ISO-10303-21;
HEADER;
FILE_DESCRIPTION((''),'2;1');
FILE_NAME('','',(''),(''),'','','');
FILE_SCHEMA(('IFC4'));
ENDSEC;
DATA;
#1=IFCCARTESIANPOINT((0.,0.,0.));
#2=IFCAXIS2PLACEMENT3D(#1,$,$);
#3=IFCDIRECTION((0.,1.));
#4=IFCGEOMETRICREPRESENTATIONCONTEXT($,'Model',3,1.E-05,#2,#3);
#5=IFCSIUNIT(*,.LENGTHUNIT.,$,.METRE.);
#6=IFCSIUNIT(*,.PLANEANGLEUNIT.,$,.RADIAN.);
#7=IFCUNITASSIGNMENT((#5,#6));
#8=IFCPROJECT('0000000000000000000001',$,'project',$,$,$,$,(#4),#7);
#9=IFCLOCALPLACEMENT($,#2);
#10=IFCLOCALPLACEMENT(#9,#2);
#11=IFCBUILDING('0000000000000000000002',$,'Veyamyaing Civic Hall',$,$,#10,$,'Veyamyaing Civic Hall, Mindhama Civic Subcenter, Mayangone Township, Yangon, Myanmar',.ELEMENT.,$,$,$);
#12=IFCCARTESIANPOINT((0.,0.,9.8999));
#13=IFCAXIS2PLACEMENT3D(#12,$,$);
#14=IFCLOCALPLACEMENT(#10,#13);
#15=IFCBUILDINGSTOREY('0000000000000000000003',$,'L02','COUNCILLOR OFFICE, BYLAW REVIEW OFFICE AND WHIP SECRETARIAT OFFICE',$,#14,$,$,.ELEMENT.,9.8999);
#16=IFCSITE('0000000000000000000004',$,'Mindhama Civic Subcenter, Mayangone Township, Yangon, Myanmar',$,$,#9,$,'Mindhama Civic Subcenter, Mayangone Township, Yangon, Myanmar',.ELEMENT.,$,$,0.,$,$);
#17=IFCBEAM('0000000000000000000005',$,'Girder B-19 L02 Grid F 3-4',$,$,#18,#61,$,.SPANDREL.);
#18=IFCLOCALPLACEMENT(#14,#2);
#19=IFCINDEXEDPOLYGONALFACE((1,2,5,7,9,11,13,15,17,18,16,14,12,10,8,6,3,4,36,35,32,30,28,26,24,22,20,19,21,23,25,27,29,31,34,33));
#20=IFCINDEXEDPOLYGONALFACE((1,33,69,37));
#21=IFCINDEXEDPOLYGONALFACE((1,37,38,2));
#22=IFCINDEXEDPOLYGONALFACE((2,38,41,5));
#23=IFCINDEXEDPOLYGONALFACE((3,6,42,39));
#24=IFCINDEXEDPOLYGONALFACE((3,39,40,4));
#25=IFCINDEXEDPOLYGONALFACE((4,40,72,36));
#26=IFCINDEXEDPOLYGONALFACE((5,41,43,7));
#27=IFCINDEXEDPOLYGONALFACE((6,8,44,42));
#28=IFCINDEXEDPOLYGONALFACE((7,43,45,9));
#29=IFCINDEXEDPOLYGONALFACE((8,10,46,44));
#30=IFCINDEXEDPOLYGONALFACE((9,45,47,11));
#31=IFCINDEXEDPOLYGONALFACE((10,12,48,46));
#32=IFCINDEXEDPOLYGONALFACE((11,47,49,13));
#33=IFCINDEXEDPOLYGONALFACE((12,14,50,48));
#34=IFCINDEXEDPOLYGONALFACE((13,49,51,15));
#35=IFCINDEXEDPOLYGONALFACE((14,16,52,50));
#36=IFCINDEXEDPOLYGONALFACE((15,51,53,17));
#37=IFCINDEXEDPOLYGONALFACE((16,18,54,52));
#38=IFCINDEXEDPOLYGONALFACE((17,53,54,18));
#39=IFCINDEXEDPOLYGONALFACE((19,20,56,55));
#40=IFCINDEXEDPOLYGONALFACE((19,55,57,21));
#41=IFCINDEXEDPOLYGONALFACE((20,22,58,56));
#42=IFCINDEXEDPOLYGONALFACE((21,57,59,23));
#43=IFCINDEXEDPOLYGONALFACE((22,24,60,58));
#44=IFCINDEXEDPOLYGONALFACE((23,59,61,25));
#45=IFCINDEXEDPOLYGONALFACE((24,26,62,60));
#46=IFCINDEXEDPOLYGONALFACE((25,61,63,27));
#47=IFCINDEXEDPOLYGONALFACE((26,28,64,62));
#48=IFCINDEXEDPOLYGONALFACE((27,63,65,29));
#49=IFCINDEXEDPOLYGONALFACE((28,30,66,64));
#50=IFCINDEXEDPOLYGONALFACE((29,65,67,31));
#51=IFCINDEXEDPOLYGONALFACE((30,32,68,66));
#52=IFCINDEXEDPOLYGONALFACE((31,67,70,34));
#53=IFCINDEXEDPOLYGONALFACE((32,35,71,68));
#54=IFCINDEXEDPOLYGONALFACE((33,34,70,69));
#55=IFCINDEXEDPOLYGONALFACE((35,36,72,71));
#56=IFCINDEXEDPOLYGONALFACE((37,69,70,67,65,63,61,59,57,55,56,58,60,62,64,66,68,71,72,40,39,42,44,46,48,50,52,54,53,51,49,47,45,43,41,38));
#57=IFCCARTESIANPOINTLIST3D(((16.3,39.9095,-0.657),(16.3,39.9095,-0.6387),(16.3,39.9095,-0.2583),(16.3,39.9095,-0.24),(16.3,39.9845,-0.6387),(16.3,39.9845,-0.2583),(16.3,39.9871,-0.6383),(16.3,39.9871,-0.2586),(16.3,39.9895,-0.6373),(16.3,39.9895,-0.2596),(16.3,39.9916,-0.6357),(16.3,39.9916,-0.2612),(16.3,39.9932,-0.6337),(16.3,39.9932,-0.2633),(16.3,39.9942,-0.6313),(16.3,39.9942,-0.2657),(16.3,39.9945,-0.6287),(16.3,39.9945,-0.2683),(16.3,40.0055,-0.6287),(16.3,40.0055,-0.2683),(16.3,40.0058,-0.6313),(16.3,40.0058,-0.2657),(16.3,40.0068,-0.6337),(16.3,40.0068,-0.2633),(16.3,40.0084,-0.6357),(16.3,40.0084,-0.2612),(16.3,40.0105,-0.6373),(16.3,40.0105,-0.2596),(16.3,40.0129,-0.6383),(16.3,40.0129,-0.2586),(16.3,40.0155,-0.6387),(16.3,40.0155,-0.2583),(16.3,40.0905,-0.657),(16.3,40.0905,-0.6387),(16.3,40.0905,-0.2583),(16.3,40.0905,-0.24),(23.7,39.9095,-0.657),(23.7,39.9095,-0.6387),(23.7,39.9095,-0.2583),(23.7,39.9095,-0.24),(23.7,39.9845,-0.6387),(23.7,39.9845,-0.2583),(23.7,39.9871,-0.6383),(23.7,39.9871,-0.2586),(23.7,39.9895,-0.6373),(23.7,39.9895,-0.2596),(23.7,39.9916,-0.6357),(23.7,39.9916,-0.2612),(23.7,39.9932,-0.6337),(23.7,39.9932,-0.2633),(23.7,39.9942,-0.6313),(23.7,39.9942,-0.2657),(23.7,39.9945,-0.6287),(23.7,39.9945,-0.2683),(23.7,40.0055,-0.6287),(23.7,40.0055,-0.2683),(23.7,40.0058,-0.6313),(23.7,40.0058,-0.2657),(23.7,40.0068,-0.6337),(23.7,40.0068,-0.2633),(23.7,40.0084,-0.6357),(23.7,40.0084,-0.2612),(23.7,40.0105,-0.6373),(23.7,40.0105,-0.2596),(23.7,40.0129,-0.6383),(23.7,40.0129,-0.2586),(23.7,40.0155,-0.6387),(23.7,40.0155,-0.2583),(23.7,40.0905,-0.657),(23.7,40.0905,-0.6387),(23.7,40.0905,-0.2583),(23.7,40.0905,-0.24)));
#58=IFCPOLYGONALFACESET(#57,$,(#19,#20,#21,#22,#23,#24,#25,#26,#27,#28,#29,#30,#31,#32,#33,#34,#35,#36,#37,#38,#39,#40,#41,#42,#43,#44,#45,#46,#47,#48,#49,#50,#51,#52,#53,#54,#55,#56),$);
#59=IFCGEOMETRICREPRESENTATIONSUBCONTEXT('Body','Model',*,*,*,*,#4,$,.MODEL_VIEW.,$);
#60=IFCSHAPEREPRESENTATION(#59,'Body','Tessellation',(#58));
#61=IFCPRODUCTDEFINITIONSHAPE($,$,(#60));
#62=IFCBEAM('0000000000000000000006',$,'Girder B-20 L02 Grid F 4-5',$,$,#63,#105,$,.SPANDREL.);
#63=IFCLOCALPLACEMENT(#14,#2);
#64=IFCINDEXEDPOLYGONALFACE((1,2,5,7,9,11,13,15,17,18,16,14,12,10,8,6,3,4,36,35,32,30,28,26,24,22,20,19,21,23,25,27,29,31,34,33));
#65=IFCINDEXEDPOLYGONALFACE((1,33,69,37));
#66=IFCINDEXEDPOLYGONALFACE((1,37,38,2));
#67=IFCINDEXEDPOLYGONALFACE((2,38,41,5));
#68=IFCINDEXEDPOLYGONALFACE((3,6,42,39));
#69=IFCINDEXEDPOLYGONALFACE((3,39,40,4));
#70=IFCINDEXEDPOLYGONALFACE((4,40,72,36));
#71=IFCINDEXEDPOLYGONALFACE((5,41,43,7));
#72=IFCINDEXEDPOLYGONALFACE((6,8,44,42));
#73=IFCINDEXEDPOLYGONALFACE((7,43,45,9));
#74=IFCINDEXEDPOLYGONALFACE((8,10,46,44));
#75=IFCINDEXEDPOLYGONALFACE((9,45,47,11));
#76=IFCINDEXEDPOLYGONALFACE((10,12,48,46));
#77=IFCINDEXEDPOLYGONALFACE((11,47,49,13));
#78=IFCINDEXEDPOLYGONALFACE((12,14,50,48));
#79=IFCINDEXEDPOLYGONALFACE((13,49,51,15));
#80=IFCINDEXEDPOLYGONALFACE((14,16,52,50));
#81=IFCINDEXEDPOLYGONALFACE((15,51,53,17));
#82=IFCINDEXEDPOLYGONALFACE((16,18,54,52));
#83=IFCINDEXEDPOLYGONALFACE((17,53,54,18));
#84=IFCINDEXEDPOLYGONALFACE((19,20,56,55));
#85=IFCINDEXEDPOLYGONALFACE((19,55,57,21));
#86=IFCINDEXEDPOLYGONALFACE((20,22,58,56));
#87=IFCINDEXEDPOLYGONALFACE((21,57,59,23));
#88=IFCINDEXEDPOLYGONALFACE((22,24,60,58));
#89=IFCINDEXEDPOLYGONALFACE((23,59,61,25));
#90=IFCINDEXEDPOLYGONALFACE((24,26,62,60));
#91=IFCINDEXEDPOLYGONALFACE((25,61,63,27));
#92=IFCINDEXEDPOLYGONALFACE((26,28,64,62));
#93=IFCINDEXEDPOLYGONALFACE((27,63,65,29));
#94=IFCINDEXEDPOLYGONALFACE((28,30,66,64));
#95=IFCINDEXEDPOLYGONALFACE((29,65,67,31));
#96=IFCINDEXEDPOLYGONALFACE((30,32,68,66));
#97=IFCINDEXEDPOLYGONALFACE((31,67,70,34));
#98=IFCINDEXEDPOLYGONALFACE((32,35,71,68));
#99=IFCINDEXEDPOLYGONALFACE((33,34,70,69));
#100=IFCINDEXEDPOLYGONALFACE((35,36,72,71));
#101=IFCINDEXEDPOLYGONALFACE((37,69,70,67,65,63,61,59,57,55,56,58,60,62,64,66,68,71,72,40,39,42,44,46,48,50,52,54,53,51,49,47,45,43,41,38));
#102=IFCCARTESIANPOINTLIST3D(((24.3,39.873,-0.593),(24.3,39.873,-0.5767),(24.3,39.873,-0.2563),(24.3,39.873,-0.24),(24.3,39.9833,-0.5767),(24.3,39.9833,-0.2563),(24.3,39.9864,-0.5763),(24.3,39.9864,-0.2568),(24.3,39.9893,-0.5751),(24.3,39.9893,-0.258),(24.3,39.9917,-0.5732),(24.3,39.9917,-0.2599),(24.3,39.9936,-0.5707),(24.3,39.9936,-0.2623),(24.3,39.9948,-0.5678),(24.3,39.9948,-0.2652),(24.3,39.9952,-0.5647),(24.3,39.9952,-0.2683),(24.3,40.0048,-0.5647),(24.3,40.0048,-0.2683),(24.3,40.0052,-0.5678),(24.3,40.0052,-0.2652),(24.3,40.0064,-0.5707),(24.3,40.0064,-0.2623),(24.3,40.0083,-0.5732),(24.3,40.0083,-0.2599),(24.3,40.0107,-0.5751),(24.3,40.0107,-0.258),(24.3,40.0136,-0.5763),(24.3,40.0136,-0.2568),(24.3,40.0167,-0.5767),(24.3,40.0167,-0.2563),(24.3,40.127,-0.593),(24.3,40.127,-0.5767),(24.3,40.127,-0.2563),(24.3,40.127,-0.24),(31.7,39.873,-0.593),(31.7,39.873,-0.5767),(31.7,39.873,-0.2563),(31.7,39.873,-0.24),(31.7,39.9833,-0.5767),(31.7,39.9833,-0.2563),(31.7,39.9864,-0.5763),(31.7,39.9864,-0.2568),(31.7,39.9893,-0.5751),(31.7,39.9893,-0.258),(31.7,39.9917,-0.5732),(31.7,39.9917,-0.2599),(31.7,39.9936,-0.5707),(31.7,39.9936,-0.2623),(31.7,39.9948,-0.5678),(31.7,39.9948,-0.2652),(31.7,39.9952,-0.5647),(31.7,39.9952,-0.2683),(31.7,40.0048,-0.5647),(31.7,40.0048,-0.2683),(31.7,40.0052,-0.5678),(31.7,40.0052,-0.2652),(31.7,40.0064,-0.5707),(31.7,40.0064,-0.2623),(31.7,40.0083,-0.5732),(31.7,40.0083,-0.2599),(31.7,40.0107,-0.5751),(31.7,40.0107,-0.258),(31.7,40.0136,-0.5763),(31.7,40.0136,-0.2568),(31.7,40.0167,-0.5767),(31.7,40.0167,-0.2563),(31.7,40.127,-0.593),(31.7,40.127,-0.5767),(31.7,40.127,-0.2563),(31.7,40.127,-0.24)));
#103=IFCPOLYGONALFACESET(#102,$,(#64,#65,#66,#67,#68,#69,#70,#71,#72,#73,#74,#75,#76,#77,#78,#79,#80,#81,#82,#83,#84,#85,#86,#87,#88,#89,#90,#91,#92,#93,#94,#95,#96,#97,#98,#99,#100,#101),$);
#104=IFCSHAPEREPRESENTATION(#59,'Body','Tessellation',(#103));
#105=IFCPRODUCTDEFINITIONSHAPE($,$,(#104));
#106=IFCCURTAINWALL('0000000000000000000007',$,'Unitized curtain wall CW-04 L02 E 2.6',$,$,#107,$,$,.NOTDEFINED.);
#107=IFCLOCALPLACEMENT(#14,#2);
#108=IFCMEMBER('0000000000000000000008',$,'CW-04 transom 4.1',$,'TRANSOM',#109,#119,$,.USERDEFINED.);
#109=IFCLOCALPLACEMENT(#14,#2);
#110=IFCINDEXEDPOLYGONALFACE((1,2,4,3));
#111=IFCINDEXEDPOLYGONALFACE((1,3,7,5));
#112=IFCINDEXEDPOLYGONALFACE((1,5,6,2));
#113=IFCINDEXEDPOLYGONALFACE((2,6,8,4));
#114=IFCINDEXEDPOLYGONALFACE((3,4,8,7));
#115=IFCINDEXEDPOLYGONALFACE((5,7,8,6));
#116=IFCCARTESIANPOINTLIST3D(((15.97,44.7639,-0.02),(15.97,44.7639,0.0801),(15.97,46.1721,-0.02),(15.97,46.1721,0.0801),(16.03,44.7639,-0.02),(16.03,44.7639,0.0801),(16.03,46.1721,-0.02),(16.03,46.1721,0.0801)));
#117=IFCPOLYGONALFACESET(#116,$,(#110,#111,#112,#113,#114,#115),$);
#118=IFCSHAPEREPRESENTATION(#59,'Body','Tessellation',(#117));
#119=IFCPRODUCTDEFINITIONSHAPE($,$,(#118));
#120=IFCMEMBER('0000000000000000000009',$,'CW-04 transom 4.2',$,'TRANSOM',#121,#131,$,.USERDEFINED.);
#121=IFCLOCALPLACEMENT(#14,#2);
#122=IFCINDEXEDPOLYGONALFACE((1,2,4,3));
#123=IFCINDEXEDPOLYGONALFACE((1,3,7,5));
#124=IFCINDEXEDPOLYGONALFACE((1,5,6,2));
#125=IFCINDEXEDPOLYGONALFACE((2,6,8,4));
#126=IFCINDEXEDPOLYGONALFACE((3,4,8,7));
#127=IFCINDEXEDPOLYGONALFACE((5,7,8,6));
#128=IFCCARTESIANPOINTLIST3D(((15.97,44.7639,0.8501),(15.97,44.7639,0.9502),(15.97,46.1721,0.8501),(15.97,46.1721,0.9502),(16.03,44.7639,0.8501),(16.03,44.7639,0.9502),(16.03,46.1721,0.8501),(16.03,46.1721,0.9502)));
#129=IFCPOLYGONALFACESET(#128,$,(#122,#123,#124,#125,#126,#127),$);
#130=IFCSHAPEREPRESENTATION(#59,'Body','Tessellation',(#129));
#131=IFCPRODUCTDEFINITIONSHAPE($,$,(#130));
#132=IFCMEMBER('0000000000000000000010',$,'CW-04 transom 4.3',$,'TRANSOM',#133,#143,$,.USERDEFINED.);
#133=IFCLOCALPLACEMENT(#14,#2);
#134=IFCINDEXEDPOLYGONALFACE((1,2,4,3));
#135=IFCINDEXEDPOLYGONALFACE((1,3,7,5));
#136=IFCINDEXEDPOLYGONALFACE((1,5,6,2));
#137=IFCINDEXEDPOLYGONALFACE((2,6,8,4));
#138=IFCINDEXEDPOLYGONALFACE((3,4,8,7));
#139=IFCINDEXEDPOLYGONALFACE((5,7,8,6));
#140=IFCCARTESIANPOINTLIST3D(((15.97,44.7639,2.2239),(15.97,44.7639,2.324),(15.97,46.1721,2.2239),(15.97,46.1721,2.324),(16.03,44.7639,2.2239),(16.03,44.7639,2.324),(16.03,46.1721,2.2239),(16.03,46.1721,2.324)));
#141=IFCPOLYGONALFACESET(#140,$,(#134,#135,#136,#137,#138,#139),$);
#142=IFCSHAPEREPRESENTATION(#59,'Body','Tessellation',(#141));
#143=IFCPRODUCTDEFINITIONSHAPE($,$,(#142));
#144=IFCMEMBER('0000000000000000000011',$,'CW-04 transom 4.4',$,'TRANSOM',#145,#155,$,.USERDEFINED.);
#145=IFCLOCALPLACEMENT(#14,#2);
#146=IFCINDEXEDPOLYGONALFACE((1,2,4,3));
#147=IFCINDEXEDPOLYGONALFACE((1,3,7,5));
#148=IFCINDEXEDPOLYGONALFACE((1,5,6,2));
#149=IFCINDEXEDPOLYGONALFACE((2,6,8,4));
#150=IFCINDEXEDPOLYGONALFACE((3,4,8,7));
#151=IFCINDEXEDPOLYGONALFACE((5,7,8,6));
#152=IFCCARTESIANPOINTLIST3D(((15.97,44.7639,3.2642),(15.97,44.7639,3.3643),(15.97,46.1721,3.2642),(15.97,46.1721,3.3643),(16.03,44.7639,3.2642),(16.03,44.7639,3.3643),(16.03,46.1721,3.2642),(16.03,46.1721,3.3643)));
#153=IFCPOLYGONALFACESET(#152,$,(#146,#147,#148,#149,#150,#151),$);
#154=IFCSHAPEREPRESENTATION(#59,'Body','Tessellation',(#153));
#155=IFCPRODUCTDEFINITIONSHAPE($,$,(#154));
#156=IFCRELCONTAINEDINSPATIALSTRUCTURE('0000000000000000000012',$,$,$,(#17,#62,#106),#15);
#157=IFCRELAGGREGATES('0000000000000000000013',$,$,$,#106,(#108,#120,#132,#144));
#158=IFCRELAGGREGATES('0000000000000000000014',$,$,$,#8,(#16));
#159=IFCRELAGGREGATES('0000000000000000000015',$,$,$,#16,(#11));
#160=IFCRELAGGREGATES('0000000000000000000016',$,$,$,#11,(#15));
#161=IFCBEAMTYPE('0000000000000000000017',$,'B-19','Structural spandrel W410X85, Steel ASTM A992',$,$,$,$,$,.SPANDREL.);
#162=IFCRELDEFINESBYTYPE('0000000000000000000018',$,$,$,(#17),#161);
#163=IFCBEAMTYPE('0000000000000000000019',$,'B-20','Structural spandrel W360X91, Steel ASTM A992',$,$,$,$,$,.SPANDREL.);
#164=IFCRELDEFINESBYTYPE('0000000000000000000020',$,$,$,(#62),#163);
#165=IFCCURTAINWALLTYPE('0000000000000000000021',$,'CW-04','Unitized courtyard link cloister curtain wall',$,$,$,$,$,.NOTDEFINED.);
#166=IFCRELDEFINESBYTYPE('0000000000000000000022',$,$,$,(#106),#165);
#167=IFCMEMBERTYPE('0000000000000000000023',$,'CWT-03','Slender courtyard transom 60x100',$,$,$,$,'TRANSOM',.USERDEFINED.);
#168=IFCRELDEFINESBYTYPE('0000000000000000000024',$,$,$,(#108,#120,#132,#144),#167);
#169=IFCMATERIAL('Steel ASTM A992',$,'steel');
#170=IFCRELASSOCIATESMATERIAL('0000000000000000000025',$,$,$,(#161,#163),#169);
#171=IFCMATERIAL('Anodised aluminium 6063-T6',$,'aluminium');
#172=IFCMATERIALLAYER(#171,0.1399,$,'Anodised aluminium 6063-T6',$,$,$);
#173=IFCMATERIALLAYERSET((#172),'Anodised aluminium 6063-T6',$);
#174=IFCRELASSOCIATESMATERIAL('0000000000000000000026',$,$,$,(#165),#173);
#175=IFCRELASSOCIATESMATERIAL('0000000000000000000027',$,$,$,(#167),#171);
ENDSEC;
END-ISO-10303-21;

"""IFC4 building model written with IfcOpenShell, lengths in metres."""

from ifc_helpers import new_model, si_unit, direction, frame, origin, origin_2d, place, context, subcontext, project, spatial, rectangle, i_section, extrude, material, layer, layer_set, material_profile, profile_set, type_object, element, aggregate, save


model = new_model("IFC4")

# Units and contexts
model_context = context("Model", 3, precision=1e-05, world=origin(), true_north=direction((0.0, 1.0)))
body_context = subcontext(model_context, "Body", "Model", "MODEL_VIEW")
ifc_project = project(units=[si_unit("LENGTHUNIT", "METRE"), si_unit("PLANEANGLEUNIT", "RADIAN")], contexts=[model_context])

# Site, building, storey
site_placement = place(None, origin())
site = spatial("IfcSite", under=ifc_project, at=site_placement, Name="Mindhama Civic Subcenter, Mayangone Township, Yangon, Myanmar", LongName="Mindhama Civic Subcenter, Mayangone Township, Yangon, Myanmar", CompositionType="ELEMENT", RefElevation=0.0)
building_placement = place(site_placement, origin())
building = spatial("IfcBuilding", under=site, at=building_placement, Name="Veyamyaing Civic Hall", LongName="Veyamyaing Civic Hall, Mindhama Civic Subcenter, Mayangone Township, Yangon, Myanmar", CompositionType="ELEMENT")
storey_placement = place(building_placement, frame((0.0, 0.0, 9.8999)))
storey = spatial("IfcBuildingStorey", under=building, at=storey_placement, Name="L02", Description="COUNCILLOR OFFICE, BYLAW REVIEW OFFICE AND WHIP SECRETARIAT OFFICE", CompositionType="ELEMENT", Elevation=9.8999)

# Beams
ifc_material_1 = material(Name="Steel ASTM A992", Category="steel")
ifc_material_profile_1 = material_profile(ifc_material_1, i_section(OverallWidth=0.1809, OverallDepth=0.417, WebThickness=0.011, FlangeThickness=0.0183, FilletRadius=0.01, at=origin_2d()), Name="W410X85")
ifc_profile_set_1 = profile_set([ifc_material_profile_1], Name="Steel ASTM A992")
beam_type_1 = type_object("IfcBeamType", Name="B-19", Description="Structural spandrel W410X85, Steel ASTM A992", PredefinedType="SPANDREL", material=ifc_profile_set_1)
beam_1_placement = place(storey_placement, frame((16.3, 40.0, -0.4485), z_axis=(1.0, 0.0, 0.0), x_axis=(0.0, 1.0, 0.0)))
element("IfcBeam", 1, at=beam_1_placement, inside=storey, type_object=beam_type_1, Name="Girder B-19 L02 Grid F 3-4", PredefinedType="SPANDREL", context=body_context, shape_type="SweptSolid", body=[
    extrude(i_section(OverallWidth=0.1809, OverallDepth=0.417, WebThickness=0.011, FlangeThickness=0.0183, FilletRadius=0.01, at=origin_2d()), origin(), (0.0, 0.0, 1.0), 7.3999),
])
ifc_material_profile_2 = material_profile(ifc_material_1, i_section(OverallWidth=0.2539, OverallDepth=0.353, WebThickness=0.0095, FlangeThickness=0.0164, FilletRadius=0.012, at=origin_2d()), Name="W360X91")
ifc_profile_set_2 = profile_set([ifc_material_profile_2], Name="Steel ASTM A992")
beam_type_2 = type_object("IfcBeamType", Name="B-20", Description="Structural spandrel W360X91, Steel ASTM A992", PredefinedType="SPANDREL", material=ifc_profile_set_2)
beam_2_placement = place(storey_placement, frame((24.3, 40.0, -0.4165), z_axis=(1.0, 0.0, 0.0), x_axis=(0.0, 1.0, 0.0)))
element("IfcBeam", 2, at=beam_2_placement, inside=storey, type_object=beam_type_2, Name="Girder B-20 L02 Grid F 4-5", PredefinedType="SPANDREL", context=body_context, shape_type="SweptSolid", body=[
    extrude(i_section(OverallWidth=0.2539, OverallDepth=0.353, WebThickness=0.0095, FlangeThickness=0.0164, FilletRadius=0.012, at=origin_2d()), origin(), (0.0, 0.0, 1.0), 7.3999),
])

# Curtain wall, members
ifc_material_2 = material(Name="Anodised aluminium 6063-T6", Category="aluminium")
ifc_layer_1 = layer(ifc_material_2, 0.1399, Name="Anodised aluminium 6063-T6")
ifc_layer_set_1 = layer_set([ifc_layer_1], Name="Anodised aluminium 6063-T6")
curtain_wall_type = type_object("IfcCurtainWallType", Name="CW-04", Description="Unitized courtyard link cloister curtain wall", PredefinedType="NOTDEFINED", material=ifc_layer_set_1)
curtain_wall_placement = place(storey_placement, origin())
curtain_wall = element("IfcCurtainWall", 3, at=curtain_wall_placement, inside=storey, type_object=curtain_wall_type, Name="Unitized curtain wall CW-04 L02 E 2.6", PredefinedType="NOTDEFINED")
ifc_material_profile_3 = material_profile(ifc_material_2, rectangle(XDim=0.0601, YDim=0.1001, at=origin_2d()), Name="ALU-TRN-60X100")
ifc_profile_set_3 = profile_set([ifc_material_profile_3], Name="Anodised aluminium 6063-T6")
member_type = type_object("IfcMemberType", Name="CWT-03", Description="Slender courtyard transom 60x100", ElementType="TRANSOM", PredefinedType="USERDEFINED", material=ifc_profile_set_3)
member_1_placement = place(storey_placement, frame((16.0, 44.7639, 0.03), z_axis=(0.0, 1.0, 0.0), x_axis=(-1.0, 0.0, 0.0)))
member_1 = element("IfcMember", 4, at=member_1_placement, type_object=member_type, Name="CW-04 transom 4.1", ObjectType="TRANSOM", PredefinedType="USERDEFINED", context=body_context, shape_type="SweptSolid", body=[
    extrude(rectangle(XDim=0.0601, YDim=0.1001, at=origin_2d()), origin(), (0.0, 0.0, 1.0), 1.4082),
])
member_2_placement = place(storey_placement, frame((16.0, 44.7639, 0.9001), z_axis=(0.0, 1.0, 0.0), x_axis=(-1.0, 0.0, 0.0)))
member_2 = element("IfcMember", 5, at=member_2_placement, type_object=member_type, Name="CW-04 transom 4.2", ObjectType="TRANSOM", PredefinedType="USERDEFINED", context=body_context, shape_type="SweptSolid", body=[
    extrude(rectangle(XDim=0.0601, YDim=0.1001, at=origin_2d()), origin(), (0.0, 0.0, 1.0), 1.4082),
])
member_3_placement = place(storey_placement, frame((16.0, 44.7639, 2.2739), z_axis=(0.0, 1.0, 0.0), x_axis=(-1.0, 0.0, 0.0)))
member_3 = element("IfcMember", 6, at=member_3_placement, type_object=member_type, Name="CW-04 transom 4.3", ObjectType="TRANSOM", PredefinedType="USERDEFINED", context=body_context, shape_type="SweptSolid", body=[
    extrude(rectangle(XDim=0.0601, YDim=0.1001, at=origin_2d()), origin(), (0.0, 0.0, 1.0), 1.4082),
])
member_4_placement = place(storey_placement, frame((16.0, 44.7639, 3.3142), z_axis=(0.0, 1.0, 0.0), x_axis=(-1.0, 0.0, 0.0)))
member_4 = element("IfcMember", 7, at=member_4_placement, type_object=member_type, Name="CW-04 transom 4.4", ObjectType="TRANSOM", PredefinedType="USERDEFINED", context=body_context, shape_type="SweptSolid", body=[
    extrude(rectangle(XDim=0.0601, YDim=0.1001, at=origin_2d()), origin(), (0.0, 0.0, 1.0), 1.4082),
])

aggregate(curtain_wall, [member_1, member_2, member_3, member_4])

save(model, "model.ifc")
